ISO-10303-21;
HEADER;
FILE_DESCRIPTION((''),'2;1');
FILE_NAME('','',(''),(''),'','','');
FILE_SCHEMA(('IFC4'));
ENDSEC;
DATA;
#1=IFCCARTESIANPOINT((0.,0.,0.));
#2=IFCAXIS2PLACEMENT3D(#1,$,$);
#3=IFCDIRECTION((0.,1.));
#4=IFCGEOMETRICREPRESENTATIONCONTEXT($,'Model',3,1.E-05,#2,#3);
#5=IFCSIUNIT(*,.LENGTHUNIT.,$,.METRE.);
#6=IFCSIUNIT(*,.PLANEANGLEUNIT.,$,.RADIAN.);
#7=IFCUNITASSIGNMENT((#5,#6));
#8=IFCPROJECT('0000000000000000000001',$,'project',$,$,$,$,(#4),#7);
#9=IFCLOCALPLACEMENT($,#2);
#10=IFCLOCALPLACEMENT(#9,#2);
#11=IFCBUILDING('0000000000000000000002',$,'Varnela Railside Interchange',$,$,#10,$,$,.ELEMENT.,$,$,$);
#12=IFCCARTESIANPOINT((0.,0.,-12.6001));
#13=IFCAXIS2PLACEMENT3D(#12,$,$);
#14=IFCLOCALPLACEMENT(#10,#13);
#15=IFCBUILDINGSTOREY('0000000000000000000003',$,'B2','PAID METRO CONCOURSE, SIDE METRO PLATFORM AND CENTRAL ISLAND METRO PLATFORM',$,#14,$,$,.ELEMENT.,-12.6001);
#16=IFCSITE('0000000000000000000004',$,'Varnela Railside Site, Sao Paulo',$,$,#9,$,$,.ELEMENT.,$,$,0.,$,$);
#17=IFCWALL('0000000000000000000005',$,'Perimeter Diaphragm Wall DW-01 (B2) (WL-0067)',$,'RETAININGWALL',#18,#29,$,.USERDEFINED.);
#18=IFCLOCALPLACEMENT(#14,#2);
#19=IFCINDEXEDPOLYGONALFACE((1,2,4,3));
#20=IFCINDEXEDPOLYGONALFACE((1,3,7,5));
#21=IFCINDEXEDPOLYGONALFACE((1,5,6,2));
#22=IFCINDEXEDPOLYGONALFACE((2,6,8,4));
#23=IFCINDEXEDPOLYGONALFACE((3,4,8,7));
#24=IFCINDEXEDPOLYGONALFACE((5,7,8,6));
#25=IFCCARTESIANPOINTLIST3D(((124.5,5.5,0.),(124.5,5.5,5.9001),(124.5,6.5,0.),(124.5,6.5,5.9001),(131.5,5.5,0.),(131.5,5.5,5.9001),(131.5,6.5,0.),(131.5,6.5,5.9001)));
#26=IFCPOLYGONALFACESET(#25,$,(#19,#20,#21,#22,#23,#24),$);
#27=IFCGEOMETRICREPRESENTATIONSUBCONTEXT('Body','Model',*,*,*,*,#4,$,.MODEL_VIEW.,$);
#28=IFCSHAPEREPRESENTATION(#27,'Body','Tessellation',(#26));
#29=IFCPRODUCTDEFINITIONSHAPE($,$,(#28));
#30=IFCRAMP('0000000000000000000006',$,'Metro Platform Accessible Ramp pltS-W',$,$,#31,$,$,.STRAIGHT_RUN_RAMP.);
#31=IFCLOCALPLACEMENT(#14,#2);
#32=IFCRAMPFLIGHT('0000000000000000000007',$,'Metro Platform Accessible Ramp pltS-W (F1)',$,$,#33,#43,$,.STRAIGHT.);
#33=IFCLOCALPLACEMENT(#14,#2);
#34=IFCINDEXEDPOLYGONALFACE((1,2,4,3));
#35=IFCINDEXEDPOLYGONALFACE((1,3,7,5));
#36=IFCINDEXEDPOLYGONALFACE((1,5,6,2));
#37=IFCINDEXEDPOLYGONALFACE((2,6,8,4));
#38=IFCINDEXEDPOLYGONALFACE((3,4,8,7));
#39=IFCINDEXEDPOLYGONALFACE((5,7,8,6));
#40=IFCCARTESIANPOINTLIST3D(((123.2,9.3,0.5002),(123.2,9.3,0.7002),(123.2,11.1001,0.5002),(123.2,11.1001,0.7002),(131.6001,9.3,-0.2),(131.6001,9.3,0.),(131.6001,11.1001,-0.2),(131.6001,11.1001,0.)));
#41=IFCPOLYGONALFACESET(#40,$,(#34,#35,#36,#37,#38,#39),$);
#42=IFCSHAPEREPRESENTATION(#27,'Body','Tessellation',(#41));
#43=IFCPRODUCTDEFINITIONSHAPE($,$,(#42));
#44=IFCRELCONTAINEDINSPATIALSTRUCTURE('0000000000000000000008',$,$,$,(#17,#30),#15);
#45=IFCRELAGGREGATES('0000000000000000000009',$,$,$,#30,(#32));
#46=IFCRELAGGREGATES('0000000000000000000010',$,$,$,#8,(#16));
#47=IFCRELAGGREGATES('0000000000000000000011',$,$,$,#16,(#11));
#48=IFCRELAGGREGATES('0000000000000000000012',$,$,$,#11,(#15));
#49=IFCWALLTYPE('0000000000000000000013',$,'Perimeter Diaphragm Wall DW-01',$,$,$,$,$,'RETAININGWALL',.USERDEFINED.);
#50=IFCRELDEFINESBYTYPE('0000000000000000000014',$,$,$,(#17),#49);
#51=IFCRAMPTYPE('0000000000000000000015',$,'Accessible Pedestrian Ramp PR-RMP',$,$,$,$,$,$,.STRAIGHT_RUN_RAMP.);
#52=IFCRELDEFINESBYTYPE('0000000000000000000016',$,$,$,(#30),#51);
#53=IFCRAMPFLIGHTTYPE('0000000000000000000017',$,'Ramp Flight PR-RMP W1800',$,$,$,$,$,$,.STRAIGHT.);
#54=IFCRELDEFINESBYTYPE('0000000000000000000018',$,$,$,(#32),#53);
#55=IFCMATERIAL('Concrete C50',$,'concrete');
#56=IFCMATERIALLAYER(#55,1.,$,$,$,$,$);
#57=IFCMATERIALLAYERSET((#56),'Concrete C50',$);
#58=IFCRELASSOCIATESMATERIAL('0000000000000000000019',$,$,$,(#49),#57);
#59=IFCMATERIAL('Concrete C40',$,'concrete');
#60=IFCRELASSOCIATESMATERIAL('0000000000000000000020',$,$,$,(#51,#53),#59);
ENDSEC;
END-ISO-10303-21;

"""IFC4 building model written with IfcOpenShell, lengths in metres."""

from ifc_helpers import new_model, si_unit, direction, frame, frame_2d, origin, place, context, subcontext, project, spatial, polyline, rectangle, outline, extrude, material, layer, layer_set, type_object, element, aggregate, save


model = new_model("IFC4")

# Units and contexts
model_context = context("Model", 3, precision=1e-05, world=origin(), true_north=direction((0.0, 1.0)))
body_context = subcontext(model_context, "Body", "Model", "MODEL_VIEW")
ifc_project = project(units=[si_unit("LENGTHUNIT", "METRE"), si_unit("PLANEANGLEUNIT", "RADIAN")], contexts=[model_context])

# Site, building, storey
site_placement = place(None, origin())
site = spatial("IfcSite", under=ifc_project, at=site_placement, Name="Varnela Railside Site, Sao Paulo", CompositionType="ELEMENT", RefElevation=0.0)
building_placement = place(site_placement, origin())
building = spatial("IfcBuilding", under=site, at=building_placement, Name="Varnela Railside Interchange", CompositionType="ELEMENT")
storey_placement = place(building_placement, frame((0.0, 0.0, -12.6001)))
storey = spatial("IfcBuildingStorey", under=building, at=storey_placement, Name="B2", Description="PAID METRO CONCOURSE, SIDE METRO PLATFORM AND CENTRAL ISLAND METRO PLATFORM", CompositionType="ELEMENT", Elevation=-12.6001)

# Shared definitions
ifc_material_1 = material(Name="Concrete C40", Category="concrete")

# Shared definitions
ifc_material_2 = material(Name="Concrete C50", Category="concrete")

# Wall
ifc_layer = layer(ifc_material_2, 1.0)
ifc_layer_set = layer_set([ifc_layer], Name="Concrete C50")
wall_type = type_object("IfcWallType", Name="Perimeter Diaphragm Wall DW-01", ElementType="RETAININGWALL", PredefinedType="USERDEFINED", material=ifc_layer_set)
wall_placement = place(storey_placement, frame((124.5, 6.0, 0.0), z_axis=(0.0, 0.0, 1.0), x_axis=(1.0, 0.0, 0.0)))
element("IfcWall", 1, at=wall_placement, inside=storey, type_object=wall_type, Name="Perimeter Diaphragm Wall DW-01 (B2) (WL-0067)", ObjectType="RETAININGWALL", PredefinedType="USERDEFINED", context=body_context, shape_type="SweptSolid", body=[
    extrude(rectangle(XDim=7.0, YDim=1.0, at=frame_2d((3.5, 0.0))), origin(), (0.0, 0.0, 1.0), 5.9001),
])

# Ramp, ramp flight
ramp_type = type_object("IfcRampType", Name="Accessible Pedestrian Ramp PR-RMP", PredefinedType="STRAIGHT_RUN_RAMP", material=ifc_material_1)
ramp_placement = place(storey_placement, origin())
ramp = element("IfcRamp", 2, at=ramp_placement, inside=storey, type_object=ramp_type, Name="Metro Platform Accessible Ramp pltS-W", PredefinedType="STRAIGHT_RUN_RAMP")
ramp_flight_type = type_object("IfcRampFlightType", Name="Ramp Flight PR-RMP W1800", PredefinedType="STRAIGHT", material=ifc_material_1)
ramp_flight_placement = place(storey_placement, frame((131.6001, 10.2, 0.0), z_axis=(0.0, 0.0, 1.0), x_axis=(-1.0, 0.0, 0.0)))
ramp_flight = element("IfcRampFlight", 3, at=ramp_flight_placement, type_object=ramp_flight_type, Name="Metro Platform Accessible Ramp pltS-W (F1)", PredefinedType="STRAIGHT", context=body_context, shape_type="SweptSolid", body=[
    extrude(outline(polyline([(0.0, -0.2), (8.4001, 0.5002), (8.4001, 0.7002), (0.0, 0.0), (0.0, -0.2)])), frame((0.0, 0.8999, 0.0), z_axis=(0.0, -1.0, 0.0), x_axis=(1.0, 0.0, 0.0)), (0.0, 0.0, 1.0), 1.8),
])
aggregate(ramp, [ramp_flight])

save(model, "model.ifc")
